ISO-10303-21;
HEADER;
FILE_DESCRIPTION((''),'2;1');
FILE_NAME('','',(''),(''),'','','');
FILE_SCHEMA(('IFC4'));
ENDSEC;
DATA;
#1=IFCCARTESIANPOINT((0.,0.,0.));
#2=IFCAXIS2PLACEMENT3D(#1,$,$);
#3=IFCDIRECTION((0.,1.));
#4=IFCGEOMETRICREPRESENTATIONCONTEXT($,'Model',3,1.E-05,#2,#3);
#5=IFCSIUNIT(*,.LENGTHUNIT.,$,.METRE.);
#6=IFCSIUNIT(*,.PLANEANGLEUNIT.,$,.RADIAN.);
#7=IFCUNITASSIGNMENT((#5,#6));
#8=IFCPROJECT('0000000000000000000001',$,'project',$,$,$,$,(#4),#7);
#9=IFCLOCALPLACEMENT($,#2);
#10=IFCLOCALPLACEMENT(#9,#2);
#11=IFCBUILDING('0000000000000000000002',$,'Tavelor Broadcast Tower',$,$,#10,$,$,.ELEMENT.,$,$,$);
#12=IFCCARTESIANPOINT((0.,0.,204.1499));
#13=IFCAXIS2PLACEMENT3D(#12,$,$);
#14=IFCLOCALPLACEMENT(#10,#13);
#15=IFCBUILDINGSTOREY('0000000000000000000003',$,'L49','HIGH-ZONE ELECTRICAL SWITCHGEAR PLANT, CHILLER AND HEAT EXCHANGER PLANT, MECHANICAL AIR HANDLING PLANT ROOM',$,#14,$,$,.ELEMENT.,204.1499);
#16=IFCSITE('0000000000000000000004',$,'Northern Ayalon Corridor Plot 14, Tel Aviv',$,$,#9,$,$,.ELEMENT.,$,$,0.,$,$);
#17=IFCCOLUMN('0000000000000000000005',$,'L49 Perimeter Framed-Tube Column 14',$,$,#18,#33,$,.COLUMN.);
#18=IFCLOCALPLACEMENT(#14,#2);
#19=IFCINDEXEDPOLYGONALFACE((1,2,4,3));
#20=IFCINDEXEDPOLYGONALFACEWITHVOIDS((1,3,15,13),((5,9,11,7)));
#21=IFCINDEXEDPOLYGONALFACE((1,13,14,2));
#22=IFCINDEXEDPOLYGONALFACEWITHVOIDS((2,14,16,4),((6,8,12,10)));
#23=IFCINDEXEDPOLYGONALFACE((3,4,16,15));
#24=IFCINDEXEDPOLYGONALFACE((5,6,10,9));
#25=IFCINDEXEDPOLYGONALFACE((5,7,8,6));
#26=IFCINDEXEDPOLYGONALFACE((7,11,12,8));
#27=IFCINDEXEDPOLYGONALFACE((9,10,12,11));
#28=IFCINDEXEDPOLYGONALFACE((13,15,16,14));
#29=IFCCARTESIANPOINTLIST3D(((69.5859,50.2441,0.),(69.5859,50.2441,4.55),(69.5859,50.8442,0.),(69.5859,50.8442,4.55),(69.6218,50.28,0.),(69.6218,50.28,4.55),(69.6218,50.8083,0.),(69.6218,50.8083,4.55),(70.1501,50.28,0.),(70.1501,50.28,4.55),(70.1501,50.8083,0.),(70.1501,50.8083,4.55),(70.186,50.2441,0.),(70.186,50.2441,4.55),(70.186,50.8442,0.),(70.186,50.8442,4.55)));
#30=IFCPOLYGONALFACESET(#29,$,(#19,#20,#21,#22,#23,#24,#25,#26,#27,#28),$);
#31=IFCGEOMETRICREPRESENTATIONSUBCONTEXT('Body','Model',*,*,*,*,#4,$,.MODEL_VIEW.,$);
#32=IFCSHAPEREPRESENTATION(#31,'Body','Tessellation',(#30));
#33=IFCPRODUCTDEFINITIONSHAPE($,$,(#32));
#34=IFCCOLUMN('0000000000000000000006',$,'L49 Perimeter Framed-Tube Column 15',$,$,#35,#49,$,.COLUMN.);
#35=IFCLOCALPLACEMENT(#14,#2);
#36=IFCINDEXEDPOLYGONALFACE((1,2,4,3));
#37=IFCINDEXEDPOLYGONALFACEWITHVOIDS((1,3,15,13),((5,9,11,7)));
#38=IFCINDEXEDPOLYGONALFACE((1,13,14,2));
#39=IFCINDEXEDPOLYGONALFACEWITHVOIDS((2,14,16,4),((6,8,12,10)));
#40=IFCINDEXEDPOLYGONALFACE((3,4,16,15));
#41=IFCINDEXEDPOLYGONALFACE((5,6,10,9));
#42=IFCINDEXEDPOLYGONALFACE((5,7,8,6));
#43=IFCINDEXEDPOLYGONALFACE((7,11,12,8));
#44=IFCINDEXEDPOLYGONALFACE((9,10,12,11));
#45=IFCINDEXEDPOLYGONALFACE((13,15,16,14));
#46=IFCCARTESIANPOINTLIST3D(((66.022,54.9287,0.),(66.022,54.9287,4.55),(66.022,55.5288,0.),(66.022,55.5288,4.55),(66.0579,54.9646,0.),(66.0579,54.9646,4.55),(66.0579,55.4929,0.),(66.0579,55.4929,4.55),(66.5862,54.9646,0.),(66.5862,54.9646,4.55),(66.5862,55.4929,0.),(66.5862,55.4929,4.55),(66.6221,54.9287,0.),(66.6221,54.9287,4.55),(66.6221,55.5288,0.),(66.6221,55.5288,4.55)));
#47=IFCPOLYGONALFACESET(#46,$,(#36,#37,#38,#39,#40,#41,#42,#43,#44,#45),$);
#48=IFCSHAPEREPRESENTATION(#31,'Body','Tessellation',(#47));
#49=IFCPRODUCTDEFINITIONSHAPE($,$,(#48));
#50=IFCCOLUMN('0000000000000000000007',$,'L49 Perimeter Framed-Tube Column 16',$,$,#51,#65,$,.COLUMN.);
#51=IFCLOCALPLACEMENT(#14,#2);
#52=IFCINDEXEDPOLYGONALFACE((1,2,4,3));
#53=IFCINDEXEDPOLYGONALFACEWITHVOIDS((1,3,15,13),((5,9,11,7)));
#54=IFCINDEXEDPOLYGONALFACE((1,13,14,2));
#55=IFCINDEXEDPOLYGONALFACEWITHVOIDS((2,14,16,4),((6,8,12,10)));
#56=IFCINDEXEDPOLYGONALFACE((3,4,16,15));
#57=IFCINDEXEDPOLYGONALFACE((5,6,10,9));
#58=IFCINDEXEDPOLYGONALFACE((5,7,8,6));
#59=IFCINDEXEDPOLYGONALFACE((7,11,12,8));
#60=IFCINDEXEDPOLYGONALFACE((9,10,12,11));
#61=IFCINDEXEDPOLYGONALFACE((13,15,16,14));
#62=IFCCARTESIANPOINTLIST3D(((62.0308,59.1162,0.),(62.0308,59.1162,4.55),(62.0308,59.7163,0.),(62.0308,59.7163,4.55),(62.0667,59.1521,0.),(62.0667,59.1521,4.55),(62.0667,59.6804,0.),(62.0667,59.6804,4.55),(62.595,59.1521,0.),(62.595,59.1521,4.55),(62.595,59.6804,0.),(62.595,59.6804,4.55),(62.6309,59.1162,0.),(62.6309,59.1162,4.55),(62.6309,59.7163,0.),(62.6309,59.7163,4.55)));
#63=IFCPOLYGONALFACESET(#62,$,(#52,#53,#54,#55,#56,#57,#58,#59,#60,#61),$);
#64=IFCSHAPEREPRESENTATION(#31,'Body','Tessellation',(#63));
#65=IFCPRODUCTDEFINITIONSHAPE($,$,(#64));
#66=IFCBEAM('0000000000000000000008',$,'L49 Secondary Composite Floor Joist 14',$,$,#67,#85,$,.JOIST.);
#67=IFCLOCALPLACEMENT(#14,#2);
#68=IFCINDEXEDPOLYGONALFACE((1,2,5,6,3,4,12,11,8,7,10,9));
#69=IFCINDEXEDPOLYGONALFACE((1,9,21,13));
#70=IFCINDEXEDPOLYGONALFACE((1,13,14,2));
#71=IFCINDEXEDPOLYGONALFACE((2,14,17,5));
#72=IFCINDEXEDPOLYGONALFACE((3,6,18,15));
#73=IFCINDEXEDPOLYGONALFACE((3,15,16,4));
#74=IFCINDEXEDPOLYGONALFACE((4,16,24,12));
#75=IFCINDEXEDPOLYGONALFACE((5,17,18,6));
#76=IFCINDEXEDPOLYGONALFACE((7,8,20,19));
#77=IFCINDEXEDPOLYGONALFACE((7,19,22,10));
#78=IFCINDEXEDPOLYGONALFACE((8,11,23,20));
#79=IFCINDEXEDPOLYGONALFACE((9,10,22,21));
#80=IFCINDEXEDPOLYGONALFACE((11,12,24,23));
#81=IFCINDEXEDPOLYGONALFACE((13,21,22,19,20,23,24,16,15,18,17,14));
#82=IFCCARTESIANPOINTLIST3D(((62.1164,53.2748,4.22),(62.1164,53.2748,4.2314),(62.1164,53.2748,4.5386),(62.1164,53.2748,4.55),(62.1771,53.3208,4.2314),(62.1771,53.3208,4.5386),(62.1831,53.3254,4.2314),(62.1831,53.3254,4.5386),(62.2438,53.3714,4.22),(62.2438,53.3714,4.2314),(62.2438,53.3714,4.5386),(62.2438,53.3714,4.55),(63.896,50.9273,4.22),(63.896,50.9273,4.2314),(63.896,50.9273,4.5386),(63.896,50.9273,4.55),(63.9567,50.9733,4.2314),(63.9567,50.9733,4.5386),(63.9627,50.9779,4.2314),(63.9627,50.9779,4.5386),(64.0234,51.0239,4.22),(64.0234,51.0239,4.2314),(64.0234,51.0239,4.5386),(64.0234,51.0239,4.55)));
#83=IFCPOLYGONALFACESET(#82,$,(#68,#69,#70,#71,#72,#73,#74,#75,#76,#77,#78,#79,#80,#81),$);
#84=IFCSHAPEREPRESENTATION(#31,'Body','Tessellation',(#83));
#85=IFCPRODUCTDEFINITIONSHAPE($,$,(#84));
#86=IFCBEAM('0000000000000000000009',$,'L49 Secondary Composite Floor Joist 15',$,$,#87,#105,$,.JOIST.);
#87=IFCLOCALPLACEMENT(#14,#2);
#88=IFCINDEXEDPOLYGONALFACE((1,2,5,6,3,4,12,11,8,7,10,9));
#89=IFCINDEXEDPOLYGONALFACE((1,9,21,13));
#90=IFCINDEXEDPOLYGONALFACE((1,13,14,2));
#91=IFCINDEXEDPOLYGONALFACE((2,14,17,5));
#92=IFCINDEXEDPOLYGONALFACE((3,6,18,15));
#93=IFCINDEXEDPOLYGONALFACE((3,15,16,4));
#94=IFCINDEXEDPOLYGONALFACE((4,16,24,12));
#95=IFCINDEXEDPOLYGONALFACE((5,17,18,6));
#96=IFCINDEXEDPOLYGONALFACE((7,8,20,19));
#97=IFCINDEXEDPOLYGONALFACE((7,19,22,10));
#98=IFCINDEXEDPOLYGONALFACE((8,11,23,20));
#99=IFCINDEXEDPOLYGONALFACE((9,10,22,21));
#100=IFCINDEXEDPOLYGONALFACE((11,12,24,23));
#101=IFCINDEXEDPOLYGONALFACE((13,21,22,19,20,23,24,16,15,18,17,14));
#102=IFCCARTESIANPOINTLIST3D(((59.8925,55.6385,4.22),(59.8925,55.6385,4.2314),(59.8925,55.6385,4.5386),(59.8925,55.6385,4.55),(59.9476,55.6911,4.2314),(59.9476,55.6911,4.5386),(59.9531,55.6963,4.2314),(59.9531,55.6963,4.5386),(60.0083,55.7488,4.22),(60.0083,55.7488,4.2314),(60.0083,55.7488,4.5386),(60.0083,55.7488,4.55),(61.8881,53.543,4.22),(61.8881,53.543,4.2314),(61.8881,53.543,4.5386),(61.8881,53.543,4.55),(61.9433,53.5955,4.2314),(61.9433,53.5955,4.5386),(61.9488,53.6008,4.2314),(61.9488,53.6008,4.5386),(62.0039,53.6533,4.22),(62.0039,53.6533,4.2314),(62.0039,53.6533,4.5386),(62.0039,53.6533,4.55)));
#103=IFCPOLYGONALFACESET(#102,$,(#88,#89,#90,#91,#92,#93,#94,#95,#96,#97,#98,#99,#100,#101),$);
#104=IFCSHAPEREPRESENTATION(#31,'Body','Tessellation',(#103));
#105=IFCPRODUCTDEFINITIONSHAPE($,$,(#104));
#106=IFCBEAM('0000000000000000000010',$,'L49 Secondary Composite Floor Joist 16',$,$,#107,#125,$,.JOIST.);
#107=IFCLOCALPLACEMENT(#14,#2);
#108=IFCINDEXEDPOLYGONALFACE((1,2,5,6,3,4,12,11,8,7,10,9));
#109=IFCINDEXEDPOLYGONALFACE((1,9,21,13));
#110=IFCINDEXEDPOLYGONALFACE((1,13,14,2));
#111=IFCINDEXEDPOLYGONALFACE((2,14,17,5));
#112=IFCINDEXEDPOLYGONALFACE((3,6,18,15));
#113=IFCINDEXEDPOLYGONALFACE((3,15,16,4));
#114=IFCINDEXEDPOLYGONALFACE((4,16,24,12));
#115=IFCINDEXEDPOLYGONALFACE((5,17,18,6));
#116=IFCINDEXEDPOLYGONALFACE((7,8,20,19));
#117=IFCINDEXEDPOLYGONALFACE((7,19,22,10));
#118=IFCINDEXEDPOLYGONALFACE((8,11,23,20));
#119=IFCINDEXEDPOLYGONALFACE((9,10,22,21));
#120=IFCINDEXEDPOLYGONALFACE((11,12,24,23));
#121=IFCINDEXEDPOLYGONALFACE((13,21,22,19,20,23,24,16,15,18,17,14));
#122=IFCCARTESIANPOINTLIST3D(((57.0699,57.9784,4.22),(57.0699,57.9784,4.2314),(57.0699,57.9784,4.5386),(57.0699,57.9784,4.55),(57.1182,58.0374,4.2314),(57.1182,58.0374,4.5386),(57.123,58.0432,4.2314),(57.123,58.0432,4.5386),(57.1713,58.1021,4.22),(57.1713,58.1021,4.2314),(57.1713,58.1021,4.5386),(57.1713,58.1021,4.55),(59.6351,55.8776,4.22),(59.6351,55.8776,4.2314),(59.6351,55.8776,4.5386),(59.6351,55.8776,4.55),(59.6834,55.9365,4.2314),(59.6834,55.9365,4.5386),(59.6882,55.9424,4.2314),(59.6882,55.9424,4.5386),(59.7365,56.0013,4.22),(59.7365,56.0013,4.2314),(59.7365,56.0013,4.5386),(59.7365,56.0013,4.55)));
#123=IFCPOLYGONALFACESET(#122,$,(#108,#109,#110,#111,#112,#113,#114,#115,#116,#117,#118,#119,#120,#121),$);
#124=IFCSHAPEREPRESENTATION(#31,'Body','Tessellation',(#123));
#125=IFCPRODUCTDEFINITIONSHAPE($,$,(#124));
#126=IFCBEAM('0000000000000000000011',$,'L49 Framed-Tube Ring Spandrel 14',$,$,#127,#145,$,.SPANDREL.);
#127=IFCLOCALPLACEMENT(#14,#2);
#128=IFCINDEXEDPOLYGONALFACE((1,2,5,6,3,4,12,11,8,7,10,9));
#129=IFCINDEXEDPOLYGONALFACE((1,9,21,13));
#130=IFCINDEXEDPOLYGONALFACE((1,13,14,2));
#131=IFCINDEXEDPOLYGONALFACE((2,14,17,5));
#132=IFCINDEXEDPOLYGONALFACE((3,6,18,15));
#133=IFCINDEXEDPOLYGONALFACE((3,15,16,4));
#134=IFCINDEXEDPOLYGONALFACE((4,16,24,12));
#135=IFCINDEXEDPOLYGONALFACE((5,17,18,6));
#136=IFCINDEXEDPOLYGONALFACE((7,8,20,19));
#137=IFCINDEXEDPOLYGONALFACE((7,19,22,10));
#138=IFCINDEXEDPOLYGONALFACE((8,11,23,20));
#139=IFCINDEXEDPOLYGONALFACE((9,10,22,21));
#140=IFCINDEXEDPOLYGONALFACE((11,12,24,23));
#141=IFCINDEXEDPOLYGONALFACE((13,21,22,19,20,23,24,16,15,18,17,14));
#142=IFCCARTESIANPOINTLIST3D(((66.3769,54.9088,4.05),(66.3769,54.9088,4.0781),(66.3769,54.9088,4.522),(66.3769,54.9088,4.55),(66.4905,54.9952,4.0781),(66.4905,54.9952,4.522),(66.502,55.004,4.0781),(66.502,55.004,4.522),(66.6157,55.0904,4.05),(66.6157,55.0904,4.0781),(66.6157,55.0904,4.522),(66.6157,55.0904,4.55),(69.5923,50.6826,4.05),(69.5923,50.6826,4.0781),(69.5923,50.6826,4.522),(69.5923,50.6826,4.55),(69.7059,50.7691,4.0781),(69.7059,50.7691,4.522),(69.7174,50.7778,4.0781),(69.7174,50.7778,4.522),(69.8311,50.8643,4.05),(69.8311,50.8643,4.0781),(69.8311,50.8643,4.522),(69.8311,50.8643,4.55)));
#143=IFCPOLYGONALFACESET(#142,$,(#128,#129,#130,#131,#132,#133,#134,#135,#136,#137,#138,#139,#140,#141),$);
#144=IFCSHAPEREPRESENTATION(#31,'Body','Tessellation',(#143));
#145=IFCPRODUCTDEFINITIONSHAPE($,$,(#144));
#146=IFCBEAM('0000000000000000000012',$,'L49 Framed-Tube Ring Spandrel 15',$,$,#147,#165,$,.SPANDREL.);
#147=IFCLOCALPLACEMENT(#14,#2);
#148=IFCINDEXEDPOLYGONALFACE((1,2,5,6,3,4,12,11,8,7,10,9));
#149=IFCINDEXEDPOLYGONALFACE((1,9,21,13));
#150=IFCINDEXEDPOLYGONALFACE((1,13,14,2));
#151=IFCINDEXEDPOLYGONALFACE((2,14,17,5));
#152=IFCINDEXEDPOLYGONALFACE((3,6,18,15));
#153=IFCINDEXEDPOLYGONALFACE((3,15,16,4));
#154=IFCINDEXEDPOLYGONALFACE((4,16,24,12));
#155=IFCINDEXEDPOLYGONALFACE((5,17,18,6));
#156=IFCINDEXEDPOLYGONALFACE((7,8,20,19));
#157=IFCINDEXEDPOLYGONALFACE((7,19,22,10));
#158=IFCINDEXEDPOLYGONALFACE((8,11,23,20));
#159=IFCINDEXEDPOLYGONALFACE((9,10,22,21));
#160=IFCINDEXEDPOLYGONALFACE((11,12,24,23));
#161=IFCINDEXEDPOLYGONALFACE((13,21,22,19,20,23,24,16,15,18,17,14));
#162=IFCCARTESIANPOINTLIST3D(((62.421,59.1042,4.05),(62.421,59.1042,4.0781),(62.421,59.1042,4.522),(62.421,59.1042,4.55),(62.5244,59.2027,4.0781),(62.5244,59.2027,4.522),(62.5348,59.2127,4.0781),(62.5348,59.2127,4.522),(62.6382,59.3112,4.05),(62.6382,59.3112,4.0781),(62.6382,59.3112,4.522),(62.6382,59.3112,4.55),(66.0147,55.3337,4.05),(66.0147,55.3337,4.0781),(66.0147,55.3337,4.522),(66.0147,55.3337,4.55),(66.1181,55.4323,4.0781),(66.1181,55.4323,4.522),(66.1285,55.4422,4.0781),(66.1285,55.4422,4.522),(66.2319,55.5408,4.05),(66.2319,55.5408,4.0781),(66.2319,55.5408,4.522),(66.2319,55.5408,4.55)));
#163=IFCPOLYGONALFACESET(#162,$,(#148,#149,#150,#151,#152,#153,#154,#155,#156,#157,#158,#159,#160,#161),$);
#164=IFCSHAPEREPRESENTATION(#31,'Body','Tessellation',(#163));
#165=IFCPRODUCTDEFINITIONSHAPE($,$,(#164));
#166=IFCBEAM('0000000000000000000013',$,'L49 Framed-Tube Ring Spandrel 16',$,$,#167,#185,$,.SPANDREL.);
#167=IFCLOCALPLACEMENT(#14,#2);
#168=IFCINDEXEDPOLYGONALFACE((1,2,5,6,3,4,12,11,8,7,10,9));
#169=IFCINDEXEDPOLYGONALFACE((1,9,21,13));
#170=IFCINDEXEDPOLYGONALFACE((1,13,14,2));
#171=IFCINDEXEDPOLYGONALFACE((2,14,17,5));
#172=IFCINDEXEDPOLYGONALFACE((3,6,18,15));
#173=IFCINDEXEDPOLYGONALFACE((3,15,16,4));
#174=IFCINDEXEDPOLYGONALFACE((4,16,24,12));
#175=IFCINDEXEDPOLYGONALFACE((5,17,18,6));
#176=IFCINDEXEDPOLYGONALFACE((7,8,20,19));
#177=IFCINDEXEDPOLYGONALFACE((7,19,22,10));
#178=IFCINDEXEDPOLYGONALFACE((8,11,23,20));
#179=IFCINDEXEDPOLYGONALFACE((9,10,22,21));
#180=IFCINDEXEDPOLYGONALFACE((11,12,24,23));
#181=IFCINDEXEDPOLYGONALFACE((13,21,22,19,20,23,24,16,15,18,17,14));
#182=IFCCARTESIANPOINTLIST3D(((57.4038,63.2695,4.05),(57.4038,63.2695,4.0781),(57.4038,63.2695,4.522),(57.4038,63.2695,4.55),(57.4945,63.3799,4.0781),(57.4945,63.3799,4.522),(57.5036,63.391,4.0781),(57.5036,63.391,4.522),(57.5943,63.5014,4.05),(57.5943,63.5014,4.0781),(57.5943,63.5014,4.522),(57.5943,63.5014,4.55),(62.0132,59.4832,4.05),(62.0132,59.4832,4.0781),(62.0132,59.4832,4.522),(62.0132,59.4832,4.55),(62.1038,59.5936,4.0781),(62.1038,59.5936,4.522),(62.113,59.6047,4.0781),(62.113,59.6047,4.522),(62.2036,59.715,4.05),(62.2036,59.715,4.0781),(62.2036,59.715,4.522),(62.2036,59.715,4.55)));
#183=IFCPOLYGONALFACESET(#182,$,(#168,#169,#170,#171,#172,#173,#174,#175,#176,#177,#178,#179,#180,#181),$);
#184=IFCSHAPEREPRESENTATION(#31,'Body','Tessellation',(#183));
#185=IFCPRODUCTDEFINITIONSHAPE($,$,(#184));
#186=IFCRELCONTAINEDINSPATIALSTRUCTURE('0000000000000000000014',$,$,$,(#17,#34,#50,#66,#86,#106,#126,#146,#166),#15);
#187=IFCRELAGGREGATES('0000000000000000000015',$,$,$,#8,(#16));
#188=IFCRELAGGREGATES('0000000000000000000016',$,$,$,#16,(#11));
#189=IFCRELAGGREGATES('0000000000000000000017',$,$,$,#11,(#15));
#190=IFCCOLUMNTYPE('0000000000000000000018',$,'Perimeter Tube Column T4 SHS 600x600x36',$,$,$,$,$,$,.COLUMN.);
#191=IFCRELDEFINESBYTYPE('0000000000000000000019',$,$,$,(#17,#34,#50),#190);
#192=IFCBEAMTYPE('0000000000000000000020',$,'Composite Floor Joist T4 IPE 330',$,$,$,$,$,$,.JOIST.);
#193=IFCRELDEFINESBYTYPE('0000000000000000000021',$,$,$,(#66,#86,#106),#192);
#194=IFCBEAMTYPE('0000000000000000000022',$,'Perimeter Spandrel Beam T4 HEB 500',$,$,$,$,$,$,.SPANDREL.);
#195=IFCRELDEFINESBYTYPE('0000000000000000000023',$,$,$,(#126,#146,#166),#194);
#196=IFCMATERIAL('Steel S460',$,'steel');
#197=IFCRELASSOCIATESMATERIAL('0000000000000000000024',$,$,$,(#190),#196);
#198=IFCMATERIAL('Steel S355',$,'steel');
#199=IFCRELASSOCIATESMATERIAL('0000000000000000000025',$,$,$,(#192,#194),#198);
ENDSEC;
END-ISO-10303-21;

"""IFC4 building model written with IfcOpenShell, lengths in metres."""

from ifc_helpers import new_model, si_unit, direction, frame, origin, origin_2d, place, context, subcontext, project, spatial, hollow_rectangle, i_section, extrude, material, material_profile, profile_set, type_object, element, save


model = new_model("IFC4")

# Units and contexts
model_context = context("Model", 3, precision=1e-05, world=origin(), true_north=direction((0.0, 1.0)))
body_context = subcontext(model_context, "Body", "Model", "MODEL_VIEW")
ifc_project = project(units=[si_unit("LENGTHUNIT", "METRE"), si_unit("PLANEANGLEUNIT", "RADIAN")], contexts=[model_context])

# Site, building, storey
site_placement = place(None, origin())
site = spatial("IfcSite", under=ifc_project, at=site_placement, Name="Northern Ayalon Corridor Plot 14, Tel Aviv", CompositionType="ELEMENT", RefElevation=0.0)
building_placement = place(site_placement, origin())
building = spatial("IfcBuilding", under=site, at=building_placement, Name="Tavelor Broadcast Tower", CompositionType="ELEMENT")
storey_placement = place(building_placement, frame((0.0, 0.0, 204.1499)))
storey = spatial("IfcBuildingStorey", under=building, at=storey_placement, Name="L49", Description="HIGH-ZONE ELECTRICAL SWITCHGEAR PLANT, CHILLER AND HEAT EXCHANGER PLANT, MECHANICAL AIR HANDLING PLANT ROOM", CompositionType="ELEMENT", Elevation=204.1499)

# Columns
ifc_material_1 = material(Name="Steel S460", Category="steel")
ifc_material_profile_1 = material_profile(ifc_material_1, hollow_rectangle(XDim=0.6001, YDim=0.6001, WallThickness=0.0359, at=origin_2d()), Name="SHS 600x600x36")
ifc_profile_set_1 = profile_set([ifc_material_profile_1], Name="Steel S460")
column_type = type_object("IfcColumnType", Name="Perimeter Tube Column T4 SHS 600x600x36", PredefinedType="COLUMN", material=ifc_profile_set_1)
for number, where, z_axis, x_axis, name in (
    (1, (69.886, 50.5442, 0.0), (0.0, 0.0, 1.0), (1.0, 0.0, 0.0), "L49 Perimeter Framed-Tube Column 14"),
    (2, (66.322, 55.2288, 0.0), (0.0, 0.0, 1.0), (1.0, 0.0, 0.0), "L49 Perimeter Framed-Tube Column 15"),
    (3, (62.3308, 59.4163, 0.0), (0.0, 0.0, 1.0), (1.0, 0.0, 0.0), "L49 Perimeter Framed-Tube Column 16"),
):
    element("IfcColumn", number, at=place(storey_placement, frame(where, z_axis=z_axis, x_axis=x_axis)), inside=storey, type_object=column_type, Name=name, PredefinedType="COLUMN", context=body_context, shape_type="SweptSolid", body=[
        extrude(hollow_rectangle(XDim=0.6001, YDim=0.6001, WallThickness=0.0359, at=origin_2d()), origin(), (0.0, 0.0, 1.0), 4.55),
    ])

# Beams
ifc_material_2 = material(Name="Steel S355", Category="steel")
ifc_material_profile_2 = material_profile(ifc_material_2, i_section(OverallWidth=0.1599, OverallDepth=0.3301, WebThickness=0.0076, FlangeThickness=0.0115, at=origin_2d()), Name="IPE 330")
ifc_profile_set_2 = profile_set([ifc_material_profile_2], Name="Steel S355")
beam_type_1 = type_object("IfcBeamType", Name="Composite Floor Joist T4 IPE 330", PredefinedType="JOIST", material=ifc_profile_set_2)
beam_1_placement = place(storey_placement, frame((63.9597, 50.9756, 4.385), z_axis=(-0.604116, 0.796896, 0.0), x_axis=(-0.796896, -0.604116, 0.0)))
element("IfcBeam", 4, at=beam_1_placement, inside=storey, type_object=beam_type_1, Name="L49 Secondary Composite Floor Joist 14", PredefinedType="JOIST", context=body_context, shape_type="SweptSolid", body=[
    extrude(i_section(OverallWidth=0.1599, OverallDepth=0.3301, WebThickness=0.0076, FlangeThickness=0.0115, at=origin_2d()), origin(), (0.0, 0.0, 1.0), 2.9458),
])
beam_2_placement = place(storey_placement, frame((61.946, 53.5981, 4.385), z_axis=(-0.689643, 0.72415, 0.0), x_axis=(-0.72415, -0.689643, 0.0)))
element("IfcBeam", 5, at=beam_2_placement, inside=storey, type_object=beam_type_1, Name="L49 Secondary Composite Floor Joist 15", PredefinedType="JOIST", context=body_context, shape_type="SweptSolid", body=[
    extrude(i_section(OverallWidth=0.1599, OverallDepth=0.3301, WebThickness=0.0076, FlangeThickness=0.0115, at=origin_2d()), origin(), (0.0, 0.0, 1.0), 2.8938),
])
beam_3_placement = place(storey_placement, frame((59.6858, 55.9395, 4.385), z_axis=(-0.773655, 0.633607, 0.0), x_axis=(-0.633607, -0.773655, 0.0)))
element("IfcBeam", 6, at=beam_3_placement, inside=storey, type_object=beam_type_1, Name="L49 Secondary Composite Floor Joist 16", PredefinedType="JOIST", context=body_context, shape_type="SweptSolid", body=[
    extrude(i_section(OverallWidth=0.1599, OverallDepth=0.3301, WebThickness=0.0076, FlangeThickness=0.0115, at=origin_2d()), origin(), (0.0, 0.0, 1.0), 3.3157),
])
ifc_material_profile_3 = material_profile(ifc_material_2, i_section(OverallWidth=0.3, OverallDepth=0.5, WebThickness=0.0144, FlangeThickness=0.0281, at=origin_2d()), Name="HEB 500")
ifc_profile_set_3 = profile_set([ifc_material_profile_3], Name="Steel S355")
beam_type_2 = type_object("IfcBeamType", Name="Perimeter Spandrel Beam T4 HEB 500", PredefinedType="SPANDREL", material=ifc_profile_set_3)
beam_4_placement = place(storey_placement, frame((69.7117, 50.7734, 4.3), z_axis=(-0.605503, 0.795843, 0.0), x_axis=(-0.795843, -0.605503, 0.0)))
element("IfcBeam", 7, at=beam_4_placement, inside=storey, type_object=beam_type_2, Name="L49 Framed-Tube Ring Spandrel 14", PredefinedType="SPANDREL", context=body_context, shape_type="SweptSolid", body=[
    extrude(i_section(OverallWidth=0.3, OverallDepth=0.5, WebThickness=0.0144, FlangeThickness=0.0281, at=origin_2d()), origin(), (0.0, 0.0, 1.0), 5.3103),
])
beam_5_placement = place(storey_placement, frame((66.1233, 55.4373, 4.3), z_axis=(-0.689936, 0.72387, 0.0), x_axis=(-0.72387, -0.689936, 0.0)))
element("IfcBeam", 8, at=beam_5_placement, inside=storey, type_object=beam_type_2, Name="L49 Framed-Tube Ring Spandrel 15", PredefinedType="SPANDREL", context=body_context, shape_type="SweptSolid", body=[
    extrude(i_section(OverallWidth=0.3, OverallDepth=0.5, WebThickness=0.0144, FlangeThickness=0.0281, at=origin_2d()), origin(), (0.0, 0.0, 1.0), 5.2087),
])
beam_6_placement = place(storey_placement, frame((62.1084, 59.5991, 4.3), z_axis=(-0.772718, 0.63475, 0.0), x_axis=(-0.63475, -0.772718, 0.0)))
element("IfcBeam", 9, at=beam_6_placement, inside=storey, type_object=beam_type_2, Name="L49 Framed-Tube Ring Spandrel 16", PredefinedType="SPANDREL", context=body_context, shape_type="SweptSolid", body=[
    extrude(i_section(OverallWidth=0.3, OverallDepth=0.5, WebThickness=0.0144, FlangeThickness=0.0281, at=origin_2d()), origin(), (0.0, 0.0, 1.0), 5.9651),
])

save(model, "model.ifc")
